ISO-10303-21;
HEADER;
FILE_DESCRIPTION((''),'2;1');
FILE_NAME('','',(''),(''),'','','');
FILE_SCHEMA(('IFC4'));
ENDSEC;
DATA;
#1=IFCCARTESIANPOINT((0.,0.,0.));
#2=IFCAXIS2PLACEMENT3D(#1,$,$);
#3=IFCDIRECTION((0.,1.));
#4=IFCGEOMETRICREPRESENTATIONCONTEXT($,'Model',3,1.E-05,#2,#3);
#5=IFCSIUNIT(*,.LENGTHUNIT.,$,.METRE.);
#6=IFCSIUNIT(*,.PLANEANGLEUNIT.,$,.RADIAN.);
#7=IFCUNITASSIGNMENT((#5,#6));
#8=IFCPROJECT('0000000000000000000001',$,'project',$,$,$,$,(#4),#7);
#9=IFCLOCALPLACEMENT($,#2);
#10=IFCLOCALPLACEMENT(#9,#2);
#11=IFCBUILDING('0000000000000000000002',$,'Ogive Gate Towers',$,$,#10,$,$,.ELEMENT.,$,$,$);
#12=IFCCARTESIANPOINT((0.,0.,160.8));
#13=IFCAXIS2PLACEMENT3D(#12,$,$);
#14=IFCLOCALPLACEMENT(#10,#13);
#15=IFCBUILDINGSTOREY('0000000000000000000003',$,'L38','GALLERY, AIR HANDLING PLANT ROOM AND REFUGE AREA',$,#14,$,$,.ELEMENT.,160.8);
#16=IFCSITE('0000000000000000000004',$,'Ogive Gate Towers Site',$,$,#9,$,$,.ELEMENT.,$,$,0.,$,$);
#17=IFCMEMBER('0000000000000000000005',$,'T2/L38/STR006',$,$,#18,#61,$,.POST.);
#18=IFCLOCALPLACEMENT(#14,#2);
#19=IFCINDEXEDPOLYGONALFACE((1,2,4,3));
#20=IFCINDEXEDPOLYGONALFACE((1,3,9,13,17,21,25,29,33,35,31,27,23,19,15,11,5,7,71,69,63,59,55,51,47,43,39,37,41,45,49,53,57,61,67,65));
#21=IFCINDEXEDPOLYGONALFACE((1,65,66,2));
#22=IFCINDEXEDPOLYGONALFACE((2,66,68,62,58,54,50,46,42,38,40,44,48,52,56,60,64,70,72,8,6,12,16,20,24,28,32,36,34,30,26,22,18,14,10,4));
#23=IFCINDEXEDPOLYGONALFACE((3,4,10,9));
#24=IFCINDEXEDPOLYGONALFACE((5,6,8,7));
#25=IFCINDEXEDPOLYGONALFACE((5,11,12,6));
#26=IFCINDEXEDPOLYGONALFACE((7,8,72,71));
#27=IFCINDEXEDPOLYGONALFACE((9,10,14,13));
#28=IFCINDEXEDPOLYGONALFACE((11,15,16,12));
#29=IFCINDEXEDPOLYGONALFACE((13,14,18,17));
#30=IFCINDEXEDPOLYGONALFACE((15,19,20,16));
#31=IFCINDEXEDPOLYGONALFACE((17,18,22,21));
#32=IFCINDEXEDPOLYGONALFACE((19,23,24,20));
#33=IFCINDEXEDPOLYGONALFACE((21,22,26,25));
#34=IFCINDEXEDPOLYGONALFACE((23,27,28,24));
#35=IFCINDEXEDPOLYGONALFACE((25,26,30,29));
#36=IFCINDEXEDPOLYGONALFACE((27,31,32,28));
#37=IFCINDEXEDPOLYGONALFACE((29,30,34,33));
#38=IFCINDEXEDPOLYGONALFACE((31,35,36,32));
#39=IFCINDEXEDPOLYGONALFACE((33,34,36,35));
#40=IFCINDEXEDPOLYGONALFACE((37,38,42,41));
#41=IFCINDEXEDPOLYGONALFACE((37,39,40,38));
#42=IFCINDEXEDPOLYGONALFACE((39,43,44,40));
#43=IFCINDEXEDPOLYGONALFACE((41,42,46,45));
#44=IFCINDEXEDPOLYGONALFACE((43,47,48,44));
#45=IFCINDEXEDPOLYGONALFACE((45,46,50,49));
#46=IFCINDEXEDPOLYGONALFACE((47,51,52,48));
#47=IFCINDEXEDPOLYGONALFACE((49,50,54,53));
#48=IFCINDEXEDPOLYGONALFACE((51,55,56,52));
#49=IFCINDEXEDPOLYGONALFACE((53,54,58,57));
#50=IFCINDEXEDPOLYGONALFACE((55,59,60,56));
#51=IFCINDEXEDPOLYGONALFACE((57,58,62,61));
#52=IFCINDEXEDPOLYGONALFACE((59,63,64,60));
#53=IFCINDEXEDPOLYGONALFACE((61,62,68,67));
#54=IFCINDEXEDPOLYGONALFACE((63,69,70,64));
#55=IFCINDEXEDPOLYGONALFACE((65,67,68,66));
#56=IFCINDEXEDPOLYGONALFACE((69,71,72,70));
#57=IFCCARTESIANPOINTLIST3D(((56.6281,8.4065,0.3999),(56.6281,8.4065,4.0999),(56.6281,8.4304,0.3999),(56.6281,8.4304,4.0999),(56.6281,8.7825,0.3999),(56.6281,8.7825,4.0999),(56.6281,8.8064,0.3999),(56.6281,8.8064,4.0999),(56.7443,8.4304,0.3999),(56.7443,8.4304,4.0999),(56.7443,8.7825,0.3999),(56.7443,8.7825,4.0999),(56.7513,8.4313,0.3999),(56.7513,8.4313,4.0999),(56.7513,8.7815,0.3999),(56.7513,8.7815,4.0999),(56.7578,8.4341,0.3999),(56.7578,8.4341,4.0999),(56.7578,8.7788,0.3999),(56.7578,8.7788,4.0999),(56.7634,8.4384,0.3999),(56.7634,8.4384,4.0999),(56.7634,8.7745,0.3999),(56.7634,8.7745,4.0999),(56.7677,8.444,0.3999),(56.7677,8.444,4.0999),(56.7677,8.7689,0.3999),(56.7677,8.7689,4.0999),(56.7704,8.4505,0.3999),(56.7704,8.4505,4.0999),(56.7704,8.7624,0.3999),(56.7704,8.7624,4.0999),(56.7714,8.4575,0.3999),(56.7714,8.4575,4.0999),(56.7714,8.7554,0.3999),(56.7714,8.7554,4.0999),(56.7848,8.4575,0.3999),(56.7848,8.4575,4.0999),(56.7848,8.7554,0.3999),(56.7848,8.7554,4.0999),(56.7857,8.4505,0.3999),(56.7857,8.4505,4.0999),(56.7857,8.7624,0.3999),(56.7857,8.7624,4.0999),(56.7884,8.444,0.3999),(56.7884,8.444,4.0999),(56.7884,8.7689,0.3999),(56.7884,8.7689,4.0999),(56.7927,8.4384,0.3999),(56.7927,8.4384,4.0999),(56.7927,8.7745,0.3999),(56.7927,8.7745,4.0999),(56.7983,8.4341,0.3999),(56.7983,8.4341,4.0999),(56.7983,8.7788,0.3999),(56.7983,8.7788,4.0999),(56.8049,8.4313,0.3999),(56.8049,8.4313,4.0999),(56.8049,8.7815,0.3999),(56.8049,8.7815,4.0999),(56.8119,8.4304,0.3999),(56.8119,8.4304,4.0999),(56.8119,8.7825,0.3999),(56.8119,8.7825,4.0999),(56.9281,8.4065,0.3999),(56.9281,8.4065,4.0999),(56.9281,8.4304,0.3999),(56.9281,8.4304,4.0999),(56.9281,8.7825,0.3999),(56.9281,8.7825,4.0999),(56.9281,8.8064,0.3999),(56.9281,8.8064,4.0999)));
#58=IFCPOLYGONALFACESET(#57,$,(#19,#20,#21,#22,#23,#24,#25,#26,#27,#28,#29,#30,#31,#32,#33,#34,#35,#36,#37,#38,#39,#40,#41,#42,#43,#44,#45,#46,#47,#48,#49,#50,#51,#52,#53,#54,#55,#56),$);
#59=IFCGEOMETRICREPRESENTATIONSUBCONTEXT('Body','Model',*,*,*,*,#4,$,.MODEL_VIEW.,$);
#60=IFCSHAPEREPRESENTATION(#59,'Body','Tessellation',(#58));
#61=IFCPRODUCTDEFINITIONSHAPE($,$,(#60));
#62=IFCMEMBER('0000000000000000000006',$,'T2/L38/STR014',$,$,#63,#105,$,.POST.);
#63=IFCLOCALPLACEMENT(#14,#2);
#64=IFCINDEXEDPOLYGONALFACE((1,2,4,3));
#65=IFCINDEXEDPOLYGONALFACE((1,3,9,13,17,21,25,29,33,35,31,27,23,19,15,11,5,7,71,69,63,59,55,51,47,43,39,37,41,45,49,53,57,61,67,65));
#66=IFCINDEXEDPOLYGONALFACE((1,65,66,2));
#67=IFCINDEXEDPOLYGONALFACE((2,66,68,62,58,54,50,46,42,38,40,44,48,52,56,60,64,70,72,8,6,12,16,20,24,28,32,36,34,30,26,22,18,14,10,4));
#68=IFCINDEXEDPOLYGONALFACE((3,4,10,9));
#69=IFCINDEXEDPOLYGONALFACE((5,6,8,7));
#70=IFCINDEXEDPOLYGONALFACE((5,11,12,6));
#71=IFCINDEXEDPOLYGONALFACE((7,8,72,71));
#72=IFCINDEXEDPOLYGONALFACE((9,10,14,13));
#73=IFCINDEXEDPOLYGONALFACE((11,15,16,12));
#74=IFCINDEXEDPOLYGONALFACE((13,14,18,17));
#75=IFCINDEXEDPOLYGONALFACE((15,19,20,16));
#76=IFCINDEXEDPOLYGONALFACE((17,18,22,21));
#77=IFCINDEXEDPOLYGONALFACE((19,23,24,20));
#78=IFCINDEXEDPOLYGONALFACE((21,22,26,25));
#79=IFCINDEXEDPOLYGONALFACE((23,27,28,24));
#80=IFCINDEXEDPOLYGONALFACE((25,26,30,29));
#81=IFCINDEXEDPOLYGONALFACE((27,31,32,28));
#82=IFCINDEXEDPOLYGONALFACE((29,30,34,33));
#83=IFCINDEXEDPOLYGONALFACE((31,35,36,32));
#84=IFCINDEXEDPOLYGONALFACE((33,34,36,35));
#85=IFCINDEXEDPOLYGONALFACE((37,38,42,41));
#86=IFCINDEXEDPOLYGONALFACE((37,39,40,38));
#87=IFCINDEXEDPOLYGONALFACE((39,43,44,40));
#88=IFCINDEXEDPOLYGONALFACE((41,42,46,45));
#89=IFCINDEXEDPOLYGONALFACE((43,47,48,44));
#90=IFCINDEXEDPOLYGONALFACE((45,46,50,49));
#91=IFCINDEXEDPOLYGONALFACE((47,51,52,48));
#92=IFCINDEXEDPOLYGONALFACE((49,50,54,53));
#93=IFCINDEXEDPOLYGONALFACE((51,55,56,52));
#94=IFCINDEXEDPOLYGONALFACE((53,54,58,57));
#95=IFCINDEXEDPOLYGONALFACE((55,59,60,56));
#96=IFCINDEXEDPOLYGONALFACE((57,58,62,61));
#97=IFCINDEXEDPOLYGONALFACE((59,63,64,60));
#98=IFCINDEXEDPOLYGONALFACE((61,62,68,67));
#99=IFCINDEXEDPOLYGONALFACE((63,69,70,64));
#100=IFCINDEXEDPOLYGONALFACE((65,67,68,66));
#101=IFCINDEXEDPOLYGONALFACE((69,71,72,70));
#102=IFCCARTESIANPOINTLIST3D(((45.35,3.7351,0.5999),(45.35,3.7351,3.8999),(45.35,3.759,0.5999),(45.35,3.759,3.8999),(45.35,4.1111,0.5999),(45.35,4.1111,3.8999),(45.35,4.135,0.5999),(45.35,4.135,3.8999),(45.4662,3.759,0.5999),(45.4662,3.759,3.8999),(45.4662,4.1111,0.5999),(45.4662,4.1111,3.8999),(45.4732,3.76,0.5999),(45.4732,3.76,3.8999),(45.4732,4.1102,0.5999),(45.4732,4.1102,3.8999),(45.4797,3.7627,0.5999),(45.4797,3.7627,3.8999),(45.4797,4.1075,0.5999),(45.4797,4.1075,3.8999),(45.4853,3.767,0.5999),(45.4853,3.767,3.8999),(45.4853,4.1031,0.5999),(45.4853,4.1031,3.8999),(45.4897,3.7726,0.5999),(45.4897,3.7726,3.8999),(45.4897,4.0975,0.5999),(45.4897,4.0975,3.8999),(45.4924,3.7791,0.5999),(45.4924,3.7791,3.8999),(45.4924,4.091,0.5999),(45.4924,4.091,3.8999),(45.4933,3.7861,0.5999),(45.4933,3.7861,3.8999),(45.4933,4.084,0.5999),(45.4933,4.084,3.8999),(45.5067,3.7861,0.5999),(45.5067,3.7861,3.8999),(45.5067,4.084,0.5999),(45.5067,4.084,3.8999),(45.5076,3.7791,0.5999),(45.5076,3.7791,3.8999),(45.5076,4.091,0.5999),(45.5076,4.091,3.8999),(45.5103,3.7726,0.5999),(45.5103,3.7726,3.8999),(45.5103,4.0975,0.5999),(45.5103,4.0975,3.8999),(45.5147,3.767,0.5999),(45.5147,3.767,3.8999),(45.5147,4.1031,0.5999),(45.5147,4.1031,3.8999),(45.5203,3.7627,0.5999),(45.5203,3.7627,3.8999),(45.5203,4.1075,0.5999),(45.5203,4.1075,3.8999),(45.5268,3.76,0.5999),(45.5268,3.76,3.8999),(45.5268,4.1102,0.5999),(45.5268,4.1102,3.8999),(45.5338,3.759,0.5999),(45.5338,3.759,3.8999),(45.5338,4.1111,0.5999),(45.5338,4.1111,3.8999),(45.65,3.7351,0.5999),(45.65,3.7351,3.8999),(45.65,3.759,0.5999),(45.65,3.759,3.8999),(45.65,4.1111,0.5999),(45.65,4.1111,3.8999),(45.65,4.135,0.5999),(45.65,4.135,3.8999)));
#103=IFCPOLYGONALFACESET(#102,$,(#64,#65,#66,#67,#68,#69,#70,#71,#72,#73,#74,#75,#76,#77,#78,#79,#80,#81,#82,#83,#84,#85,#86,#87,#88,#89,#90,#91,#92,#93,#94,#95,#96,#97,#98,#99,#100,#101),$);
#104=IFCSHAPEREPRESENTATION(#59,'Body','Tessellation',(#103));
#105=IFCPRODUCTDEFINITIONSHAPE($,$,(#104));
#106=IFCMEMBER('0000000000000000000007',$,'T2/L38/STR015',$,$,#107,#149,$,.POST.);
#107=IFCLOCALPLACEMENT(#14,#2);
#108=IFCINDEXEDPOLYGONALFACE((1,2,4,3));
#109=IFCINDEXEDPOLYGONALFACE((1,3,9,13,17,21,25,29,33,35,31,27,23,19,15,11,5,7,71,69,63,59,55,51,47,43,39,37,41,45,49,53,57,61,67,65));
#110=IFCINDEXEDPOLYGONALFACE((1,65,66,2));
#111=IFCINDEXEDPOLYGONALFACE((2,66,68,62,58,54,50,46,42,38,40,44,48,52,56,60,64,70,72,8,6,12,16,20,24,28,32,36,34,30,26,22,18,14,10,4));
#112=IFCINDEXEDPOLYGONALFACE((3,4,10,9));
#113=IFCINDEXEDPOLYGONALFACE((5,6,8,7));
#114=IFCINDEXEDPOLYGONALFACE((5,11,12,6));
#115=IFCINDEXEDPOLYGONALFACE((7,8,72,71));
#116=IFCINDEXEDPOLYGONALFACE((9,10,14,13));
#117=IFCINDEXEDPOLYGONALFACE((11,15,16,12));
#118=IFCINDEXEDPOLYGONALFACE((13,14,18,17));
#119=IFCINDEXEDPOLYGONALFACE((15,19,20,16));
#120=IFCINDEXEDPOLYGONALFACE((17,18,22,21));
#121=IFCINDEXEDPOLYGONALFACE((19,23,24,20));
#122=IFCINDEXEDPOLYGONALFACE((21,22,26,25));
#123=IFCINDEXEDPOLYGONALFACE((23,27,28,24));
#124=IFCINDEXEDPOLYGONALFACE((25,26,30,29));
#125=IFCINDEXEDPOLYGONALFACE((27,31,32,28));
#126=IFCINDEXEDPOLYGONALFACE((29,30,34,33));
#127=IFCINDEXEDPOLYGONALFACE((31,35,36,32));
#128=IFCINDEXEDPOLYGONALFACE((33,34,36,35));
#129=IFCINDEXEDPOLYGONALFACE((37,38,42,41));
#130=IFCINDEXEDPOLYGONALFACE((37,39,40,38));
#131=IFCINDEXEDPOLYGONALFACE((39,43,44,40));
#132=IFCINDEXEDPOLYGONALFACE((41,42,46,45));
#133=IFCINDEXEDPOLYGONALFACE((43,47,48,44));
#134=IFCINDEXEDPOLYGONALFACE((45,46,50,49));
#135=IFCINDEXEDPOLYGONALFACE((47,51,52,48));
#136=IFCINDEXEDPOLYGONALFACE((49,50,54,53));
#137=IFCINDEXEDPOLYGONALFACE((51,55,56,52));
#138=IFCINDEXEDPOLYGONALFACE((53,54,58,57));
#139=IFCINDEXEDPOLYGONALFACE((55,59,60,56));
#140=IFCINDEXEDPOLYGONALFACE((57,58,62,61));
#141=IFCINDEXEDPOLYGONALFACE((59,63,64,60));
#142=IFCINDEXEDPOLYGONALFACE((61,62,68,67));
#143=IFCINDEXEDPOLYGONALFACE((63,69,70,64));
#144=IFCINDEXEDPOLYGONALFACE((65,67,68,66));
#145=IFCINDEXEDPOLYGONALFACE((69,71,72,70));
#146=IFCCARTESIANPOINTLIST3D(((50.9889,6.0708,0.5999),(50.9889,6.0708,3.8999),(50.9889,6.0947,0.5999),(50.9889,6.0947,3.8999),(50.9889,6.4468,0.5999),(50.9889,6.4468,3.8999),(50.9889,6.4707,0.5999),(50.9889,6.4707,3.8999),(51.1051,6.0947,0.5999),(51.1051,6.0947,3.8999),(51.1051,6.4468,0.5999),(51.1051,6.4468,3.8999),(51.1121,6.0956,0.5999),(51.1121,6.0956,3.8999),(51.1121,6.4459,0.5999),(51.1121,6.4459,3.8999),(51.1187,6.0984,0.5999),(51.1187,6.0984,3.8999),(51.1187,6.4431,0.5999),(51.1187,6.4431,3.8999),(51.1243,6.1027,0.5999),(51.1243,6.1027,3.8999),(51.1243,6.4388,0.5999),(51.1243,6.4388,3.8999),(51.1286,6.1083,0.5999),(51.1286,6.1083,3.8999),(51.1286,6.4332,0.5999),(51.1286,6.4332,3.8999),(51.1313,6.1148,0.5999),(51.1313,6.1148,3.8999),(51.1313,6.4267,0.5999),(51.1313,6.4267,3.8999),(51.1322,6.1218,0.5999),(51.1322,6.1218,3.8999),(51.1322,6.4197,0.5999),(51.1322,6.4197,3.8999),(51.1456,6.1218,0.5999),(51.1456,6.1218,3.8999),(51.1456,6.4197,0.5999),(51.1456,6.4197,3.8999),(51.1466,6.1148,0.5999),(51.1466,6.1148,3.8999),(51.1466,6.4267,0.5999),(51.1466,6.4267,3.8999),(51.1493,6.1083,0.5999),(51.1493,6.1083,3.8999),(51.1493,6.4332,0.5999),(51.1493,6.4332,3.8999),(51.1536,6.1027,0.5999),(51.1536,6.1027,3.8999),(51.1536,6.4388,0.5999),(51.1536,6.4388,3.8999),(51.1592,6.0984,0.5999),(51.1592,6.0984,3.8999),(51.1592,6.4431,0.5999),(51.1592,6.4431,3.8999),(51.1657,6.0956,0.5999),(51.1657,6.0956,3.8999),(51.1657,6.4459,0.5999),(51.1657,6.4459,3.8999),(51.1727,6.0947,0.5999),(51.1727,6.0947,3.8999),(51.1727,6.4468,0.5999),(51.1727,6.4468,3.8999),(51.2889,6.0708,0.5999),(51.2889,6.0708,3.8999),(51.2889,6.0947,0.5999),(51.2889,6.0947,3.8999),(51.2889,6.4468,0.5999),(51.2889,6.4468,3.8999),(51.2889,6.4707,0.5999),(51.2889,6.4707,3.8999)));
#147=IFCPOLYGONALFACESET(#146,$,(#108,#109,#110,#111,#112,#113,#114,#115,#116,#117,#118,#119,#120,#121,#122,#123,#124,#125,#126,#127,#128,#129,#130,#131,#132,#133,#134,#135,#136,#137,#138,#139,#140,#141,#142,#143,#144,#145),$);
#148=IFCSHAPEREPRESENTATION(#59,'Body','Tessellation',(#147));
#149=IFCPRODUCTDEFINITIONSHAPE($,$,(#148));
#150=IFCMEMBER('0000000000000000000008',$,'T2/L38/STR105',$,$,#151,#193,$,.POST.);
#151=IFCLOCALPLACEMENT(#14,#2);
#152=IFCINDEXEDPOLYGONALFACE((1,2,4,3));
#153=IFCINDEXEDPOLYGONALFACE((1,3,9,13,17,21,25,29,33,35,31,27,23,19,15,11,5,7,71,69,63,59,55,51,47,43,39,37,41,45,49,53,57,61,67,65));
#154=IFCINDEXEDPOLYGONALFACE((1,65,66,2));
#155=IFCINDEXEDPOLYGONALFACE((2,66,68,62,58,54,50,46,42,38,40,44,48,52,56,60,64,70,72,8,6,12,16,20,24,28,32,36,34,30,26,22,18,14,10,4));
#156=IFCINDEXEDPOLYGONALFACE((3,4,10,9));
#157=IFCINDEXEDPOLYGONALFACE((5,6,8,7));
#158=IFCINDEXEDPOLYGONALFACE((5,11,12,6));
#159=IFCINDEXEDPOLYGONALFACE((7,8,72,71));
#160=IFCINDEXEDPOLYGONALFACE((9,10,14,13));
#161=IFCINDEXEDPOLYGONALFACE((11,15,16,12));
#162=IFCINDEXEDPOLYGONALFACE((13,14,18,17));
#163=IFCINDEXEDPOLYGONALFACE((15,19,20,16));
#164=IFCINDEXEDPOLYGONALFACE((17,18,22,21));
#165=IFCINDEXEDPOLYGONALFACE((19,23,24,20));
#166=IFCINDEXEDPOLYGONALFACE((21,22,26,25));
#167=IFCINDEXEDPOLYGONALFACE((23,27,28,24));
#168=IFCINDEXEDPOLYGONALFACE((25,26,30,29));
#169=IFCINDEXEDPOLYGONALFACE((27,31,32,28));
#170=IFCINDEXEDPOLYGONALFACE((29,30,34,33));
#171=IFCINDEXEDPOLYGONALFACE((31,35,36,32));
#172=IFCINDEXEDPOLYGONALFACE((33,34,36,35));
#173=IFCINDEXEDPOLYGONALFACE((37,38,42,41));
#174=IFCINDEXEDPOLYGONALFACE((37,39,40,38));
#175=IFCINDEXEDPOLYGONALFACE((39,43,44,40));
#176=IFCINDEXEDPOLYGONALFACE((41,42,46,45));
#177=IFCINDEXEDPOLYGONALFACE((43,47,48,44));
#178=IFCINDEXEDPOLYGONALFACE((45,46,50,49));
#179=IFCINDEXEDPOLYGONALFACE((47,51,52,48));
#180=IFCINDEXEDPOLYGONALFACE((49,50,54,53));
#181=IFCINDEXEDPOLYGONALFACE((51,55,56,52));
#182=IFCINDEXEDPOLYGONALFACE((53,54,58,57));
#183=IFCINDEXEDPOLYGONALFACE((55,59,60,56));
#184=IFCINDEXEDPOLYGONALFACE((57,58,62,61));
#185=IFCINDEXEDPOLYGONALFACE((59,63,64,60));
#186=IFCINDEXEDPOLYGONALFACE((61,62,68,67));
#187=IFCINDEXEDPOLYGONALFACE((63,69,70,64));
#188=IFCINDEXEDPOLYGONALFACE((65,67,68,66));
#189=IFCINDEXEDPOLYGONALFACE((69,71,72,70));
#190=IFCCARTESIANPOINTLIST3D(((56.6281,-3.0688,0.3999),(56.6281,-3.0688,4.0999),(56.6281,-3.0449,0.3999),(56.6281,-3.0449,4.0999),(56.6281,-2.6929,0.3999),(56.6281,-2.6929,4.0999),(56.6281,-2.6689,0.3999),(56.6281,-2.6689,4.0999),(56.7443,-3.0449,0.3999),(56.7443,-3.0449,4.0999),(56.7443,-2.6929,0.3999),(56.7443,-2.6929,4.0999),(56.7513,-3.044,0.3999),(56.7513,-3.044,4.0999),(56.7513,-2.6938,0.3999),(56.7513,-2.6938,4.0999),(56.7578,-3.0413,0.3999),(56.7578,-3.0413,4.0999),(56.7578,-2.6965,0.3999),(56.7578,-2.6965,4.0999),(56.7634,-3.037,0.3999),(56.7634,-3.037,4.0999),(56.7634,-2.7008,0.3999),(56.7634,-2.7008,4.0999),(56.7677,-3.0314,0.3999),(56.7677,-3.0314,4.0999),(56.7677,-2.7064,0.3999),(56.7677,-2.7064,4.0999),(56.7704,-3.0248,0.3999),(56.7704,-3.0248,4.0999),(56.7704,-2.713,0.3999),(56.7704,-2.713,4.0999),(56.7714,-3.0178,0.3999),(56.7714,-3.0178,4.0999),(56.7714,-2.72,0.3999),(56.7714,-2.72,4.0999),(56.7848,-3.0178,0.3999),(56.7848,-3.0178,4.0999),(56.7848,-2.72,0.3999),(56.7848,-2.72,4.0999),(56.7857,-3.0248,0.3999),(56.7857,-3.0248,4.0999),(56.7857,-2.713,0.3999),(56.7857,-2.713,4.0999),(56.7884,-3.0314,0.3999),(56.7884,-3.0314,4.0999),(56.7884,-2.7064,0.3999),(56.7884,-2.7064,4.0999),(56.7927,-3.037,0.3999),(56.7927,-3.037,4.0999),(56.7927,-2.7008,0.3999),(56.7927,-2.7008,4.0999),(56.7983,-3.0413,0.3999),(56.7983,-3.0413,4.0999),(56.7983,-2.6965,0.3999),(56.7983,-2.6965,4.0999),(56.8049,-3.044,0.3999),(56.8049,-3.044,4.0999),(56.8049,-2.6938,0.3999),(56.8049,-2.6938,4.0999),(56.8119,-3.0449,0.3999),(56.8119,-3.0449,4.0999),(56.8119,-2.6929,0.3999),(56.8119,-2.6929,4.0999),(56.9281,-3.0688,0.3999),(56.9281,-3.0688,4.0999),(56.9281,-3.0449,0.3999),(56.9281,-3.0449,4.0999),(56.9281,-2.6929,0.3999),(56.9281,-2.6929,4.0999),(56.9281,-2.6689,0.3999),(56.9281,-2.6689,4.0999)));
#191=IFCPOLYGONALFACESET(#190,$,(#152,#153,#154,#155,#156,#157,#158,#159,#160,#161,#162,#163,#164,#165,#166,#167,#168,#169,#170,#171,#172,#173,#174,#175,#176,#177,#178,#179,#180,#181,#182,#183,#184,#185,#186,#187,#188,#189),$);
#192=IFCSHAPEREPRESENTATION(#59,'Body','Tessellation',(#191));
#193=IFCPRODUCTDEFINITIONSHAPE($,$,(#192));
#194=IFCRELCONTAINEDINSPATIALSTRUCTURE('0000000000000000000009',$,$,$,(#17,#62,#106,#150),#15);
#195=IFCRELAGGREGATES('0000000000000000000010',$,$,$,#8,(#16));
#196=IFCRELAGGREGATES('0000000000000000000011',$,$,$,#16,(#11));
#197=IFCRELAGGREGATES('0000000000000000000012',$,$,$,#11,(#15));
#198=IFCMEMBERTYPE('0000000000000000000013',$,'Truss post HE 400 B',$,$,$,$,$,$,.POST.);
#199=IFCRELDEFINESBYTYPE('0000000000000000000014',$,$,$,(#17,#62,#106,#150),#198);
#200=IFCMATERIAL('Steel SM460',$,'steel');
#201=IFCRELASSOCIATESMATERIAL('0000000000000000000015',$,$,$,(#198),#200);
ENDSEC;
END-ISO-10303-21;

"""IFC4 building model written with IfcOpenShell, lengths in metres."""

from ifc_helpers import new_model, si_unit, direction, frame, origin, origin_2d, place, context, subcontext, project, spatial, i_section, extrude, material, material_profile, profile_set, type_object, element, save


model = new_model("IFC4")

# Units and contexts
model_context = context("Model", 3, precision=1e-05, world=origin(), true_north=direction((0.0, 1.0)))
body_context = subcontext(model_context, "Body", "Model", "MODEL_VIEW")
ifc_project = project(units=[si_unit("LENGTHUNIT", "METRE"), si_unit("PLANEANGLEUNIT", "RADIAN")], contexts=[model_context])

# Site, building, storey
site_placement = place(None, origin())
site = spatial("IfcSite", under=ifc_project, at=site_placement, Name="Ogive Gate Towers Site", CompositionType="ELEMENT", RefElevation=0.0)
building_placement = place(site_placement, origin())
building = spatial("IfcBuilding", under=site, at=building_placement, Name="Ogive Gate Towers", CompositionType="ELEMENT")
storey_placement = place(building_placement, frame((0.0, 0.0, 160.8)))
storey = spatial("IfcBuildingStorey", under=building, at=storey_placement, Name="L38", Description="GALLERY, AIR HANDLING PLANT ROOM AND REFUGE AREA", CompositionType="ELEMENT", Elevation=160.8)

# Shared definitions
ifc_material_1 = material(Name="Steel SM460", Category="steel")

# Members
ifc_material_profile_1 = material_profile(ifc_material_1, i_section(OverallWidth=0.3, OverallDepth=0.3999, WebThickness=0.0134, FlangeThickness=0.0239, FilletRadius=0.0271, at=origin_2d()), Name="HE 400 B")
ifc_profile_set_1 = profile_set([ifc_material_profile_1], Name="Steel SM460")
member_type_1 = type_object("IfcMemberType", Name="Truss post HE 400 B", PredefinedType="POST", material=ifc_profile_set_1)
member_1_placement = place(storey_placement, frame((56.7781, 8.6064, 0.3999), z_axis=(0.0, 0.0, 1.0), x_axis=(1.0, 0.0, 0.0)))
element("IfcMember", 1, at=member_1_placement, inside=storey, type_object=member_type_1, Name="T2/L38/STR006", PredefinedType="POST", context=body_context, shape_type="SweptSolid", body=[
    extrude(i_section(OverallWidth=0.3, OverallDepth=0.3999, WebThickness=0.0134, FlangeThickness=0.0239, FilletRadius=0.0271, at=origin_2d()), origin(), (0.0, 0.0, 1.0), 3.7),
])
for number, where, z_axis, x_axis, name in (
    (2, (45.5, 3.9351, 0.5999), (0.0, 0.0, 1.0), (1.0, 0.0, 0.0), "T2/L38/STR014"),
    (3, (51.1389, 6.2708, 0.5999), (0.0, 0.0, 1.0), (1.0, 0.0, 0.0), "T2/L38/STR015"),
):
    element("IfcMember", number, at=place(storey_placement, frame(where, z_axis=z_axis, x_axis=x_axis)), inside=storey, type_object=member_type_1, Name=name, PredefinedType="POST", context=body_context, shape_type="SweptSolid", body=[
        extrude(i_section(OverallWidth=0.3, OverallDepth=0.3999, WebThickness=0.0134, FlangeThickness=0.0239, FilletRadius=0.0271, at=origin_2d()), origin(), (0.0, 0.0, 1.0), 3.3),
    ])
for number, where, z_axis, x_axis, name in (
    (4, (56.7781, -2.8689, 0.3999), (0.0, 0.0, 1.0), (1.0, 0.0, 0.0), "T2/L38/STR105"),
):
    element("IfcMember", number, at=place(storey_placement, frame(where, z_axis=z_axis, x_axis=x_axis)), inside=storey, type_object=member_type_1, Name=name, PredefinedType="POST", context=body_context, shape_type="SweptSolid", body=[
        extrude(i_section(OverallWidth=0.3, OverallDepth=0.3999, WebThickness=0.0134, FlangeThickness=0.0239, FilletRadius=0.0271, at=origin_2d()), origin(), (0.0, 0.0, 1.0), 3.7),
    ])

save(model, "model.ifc")
